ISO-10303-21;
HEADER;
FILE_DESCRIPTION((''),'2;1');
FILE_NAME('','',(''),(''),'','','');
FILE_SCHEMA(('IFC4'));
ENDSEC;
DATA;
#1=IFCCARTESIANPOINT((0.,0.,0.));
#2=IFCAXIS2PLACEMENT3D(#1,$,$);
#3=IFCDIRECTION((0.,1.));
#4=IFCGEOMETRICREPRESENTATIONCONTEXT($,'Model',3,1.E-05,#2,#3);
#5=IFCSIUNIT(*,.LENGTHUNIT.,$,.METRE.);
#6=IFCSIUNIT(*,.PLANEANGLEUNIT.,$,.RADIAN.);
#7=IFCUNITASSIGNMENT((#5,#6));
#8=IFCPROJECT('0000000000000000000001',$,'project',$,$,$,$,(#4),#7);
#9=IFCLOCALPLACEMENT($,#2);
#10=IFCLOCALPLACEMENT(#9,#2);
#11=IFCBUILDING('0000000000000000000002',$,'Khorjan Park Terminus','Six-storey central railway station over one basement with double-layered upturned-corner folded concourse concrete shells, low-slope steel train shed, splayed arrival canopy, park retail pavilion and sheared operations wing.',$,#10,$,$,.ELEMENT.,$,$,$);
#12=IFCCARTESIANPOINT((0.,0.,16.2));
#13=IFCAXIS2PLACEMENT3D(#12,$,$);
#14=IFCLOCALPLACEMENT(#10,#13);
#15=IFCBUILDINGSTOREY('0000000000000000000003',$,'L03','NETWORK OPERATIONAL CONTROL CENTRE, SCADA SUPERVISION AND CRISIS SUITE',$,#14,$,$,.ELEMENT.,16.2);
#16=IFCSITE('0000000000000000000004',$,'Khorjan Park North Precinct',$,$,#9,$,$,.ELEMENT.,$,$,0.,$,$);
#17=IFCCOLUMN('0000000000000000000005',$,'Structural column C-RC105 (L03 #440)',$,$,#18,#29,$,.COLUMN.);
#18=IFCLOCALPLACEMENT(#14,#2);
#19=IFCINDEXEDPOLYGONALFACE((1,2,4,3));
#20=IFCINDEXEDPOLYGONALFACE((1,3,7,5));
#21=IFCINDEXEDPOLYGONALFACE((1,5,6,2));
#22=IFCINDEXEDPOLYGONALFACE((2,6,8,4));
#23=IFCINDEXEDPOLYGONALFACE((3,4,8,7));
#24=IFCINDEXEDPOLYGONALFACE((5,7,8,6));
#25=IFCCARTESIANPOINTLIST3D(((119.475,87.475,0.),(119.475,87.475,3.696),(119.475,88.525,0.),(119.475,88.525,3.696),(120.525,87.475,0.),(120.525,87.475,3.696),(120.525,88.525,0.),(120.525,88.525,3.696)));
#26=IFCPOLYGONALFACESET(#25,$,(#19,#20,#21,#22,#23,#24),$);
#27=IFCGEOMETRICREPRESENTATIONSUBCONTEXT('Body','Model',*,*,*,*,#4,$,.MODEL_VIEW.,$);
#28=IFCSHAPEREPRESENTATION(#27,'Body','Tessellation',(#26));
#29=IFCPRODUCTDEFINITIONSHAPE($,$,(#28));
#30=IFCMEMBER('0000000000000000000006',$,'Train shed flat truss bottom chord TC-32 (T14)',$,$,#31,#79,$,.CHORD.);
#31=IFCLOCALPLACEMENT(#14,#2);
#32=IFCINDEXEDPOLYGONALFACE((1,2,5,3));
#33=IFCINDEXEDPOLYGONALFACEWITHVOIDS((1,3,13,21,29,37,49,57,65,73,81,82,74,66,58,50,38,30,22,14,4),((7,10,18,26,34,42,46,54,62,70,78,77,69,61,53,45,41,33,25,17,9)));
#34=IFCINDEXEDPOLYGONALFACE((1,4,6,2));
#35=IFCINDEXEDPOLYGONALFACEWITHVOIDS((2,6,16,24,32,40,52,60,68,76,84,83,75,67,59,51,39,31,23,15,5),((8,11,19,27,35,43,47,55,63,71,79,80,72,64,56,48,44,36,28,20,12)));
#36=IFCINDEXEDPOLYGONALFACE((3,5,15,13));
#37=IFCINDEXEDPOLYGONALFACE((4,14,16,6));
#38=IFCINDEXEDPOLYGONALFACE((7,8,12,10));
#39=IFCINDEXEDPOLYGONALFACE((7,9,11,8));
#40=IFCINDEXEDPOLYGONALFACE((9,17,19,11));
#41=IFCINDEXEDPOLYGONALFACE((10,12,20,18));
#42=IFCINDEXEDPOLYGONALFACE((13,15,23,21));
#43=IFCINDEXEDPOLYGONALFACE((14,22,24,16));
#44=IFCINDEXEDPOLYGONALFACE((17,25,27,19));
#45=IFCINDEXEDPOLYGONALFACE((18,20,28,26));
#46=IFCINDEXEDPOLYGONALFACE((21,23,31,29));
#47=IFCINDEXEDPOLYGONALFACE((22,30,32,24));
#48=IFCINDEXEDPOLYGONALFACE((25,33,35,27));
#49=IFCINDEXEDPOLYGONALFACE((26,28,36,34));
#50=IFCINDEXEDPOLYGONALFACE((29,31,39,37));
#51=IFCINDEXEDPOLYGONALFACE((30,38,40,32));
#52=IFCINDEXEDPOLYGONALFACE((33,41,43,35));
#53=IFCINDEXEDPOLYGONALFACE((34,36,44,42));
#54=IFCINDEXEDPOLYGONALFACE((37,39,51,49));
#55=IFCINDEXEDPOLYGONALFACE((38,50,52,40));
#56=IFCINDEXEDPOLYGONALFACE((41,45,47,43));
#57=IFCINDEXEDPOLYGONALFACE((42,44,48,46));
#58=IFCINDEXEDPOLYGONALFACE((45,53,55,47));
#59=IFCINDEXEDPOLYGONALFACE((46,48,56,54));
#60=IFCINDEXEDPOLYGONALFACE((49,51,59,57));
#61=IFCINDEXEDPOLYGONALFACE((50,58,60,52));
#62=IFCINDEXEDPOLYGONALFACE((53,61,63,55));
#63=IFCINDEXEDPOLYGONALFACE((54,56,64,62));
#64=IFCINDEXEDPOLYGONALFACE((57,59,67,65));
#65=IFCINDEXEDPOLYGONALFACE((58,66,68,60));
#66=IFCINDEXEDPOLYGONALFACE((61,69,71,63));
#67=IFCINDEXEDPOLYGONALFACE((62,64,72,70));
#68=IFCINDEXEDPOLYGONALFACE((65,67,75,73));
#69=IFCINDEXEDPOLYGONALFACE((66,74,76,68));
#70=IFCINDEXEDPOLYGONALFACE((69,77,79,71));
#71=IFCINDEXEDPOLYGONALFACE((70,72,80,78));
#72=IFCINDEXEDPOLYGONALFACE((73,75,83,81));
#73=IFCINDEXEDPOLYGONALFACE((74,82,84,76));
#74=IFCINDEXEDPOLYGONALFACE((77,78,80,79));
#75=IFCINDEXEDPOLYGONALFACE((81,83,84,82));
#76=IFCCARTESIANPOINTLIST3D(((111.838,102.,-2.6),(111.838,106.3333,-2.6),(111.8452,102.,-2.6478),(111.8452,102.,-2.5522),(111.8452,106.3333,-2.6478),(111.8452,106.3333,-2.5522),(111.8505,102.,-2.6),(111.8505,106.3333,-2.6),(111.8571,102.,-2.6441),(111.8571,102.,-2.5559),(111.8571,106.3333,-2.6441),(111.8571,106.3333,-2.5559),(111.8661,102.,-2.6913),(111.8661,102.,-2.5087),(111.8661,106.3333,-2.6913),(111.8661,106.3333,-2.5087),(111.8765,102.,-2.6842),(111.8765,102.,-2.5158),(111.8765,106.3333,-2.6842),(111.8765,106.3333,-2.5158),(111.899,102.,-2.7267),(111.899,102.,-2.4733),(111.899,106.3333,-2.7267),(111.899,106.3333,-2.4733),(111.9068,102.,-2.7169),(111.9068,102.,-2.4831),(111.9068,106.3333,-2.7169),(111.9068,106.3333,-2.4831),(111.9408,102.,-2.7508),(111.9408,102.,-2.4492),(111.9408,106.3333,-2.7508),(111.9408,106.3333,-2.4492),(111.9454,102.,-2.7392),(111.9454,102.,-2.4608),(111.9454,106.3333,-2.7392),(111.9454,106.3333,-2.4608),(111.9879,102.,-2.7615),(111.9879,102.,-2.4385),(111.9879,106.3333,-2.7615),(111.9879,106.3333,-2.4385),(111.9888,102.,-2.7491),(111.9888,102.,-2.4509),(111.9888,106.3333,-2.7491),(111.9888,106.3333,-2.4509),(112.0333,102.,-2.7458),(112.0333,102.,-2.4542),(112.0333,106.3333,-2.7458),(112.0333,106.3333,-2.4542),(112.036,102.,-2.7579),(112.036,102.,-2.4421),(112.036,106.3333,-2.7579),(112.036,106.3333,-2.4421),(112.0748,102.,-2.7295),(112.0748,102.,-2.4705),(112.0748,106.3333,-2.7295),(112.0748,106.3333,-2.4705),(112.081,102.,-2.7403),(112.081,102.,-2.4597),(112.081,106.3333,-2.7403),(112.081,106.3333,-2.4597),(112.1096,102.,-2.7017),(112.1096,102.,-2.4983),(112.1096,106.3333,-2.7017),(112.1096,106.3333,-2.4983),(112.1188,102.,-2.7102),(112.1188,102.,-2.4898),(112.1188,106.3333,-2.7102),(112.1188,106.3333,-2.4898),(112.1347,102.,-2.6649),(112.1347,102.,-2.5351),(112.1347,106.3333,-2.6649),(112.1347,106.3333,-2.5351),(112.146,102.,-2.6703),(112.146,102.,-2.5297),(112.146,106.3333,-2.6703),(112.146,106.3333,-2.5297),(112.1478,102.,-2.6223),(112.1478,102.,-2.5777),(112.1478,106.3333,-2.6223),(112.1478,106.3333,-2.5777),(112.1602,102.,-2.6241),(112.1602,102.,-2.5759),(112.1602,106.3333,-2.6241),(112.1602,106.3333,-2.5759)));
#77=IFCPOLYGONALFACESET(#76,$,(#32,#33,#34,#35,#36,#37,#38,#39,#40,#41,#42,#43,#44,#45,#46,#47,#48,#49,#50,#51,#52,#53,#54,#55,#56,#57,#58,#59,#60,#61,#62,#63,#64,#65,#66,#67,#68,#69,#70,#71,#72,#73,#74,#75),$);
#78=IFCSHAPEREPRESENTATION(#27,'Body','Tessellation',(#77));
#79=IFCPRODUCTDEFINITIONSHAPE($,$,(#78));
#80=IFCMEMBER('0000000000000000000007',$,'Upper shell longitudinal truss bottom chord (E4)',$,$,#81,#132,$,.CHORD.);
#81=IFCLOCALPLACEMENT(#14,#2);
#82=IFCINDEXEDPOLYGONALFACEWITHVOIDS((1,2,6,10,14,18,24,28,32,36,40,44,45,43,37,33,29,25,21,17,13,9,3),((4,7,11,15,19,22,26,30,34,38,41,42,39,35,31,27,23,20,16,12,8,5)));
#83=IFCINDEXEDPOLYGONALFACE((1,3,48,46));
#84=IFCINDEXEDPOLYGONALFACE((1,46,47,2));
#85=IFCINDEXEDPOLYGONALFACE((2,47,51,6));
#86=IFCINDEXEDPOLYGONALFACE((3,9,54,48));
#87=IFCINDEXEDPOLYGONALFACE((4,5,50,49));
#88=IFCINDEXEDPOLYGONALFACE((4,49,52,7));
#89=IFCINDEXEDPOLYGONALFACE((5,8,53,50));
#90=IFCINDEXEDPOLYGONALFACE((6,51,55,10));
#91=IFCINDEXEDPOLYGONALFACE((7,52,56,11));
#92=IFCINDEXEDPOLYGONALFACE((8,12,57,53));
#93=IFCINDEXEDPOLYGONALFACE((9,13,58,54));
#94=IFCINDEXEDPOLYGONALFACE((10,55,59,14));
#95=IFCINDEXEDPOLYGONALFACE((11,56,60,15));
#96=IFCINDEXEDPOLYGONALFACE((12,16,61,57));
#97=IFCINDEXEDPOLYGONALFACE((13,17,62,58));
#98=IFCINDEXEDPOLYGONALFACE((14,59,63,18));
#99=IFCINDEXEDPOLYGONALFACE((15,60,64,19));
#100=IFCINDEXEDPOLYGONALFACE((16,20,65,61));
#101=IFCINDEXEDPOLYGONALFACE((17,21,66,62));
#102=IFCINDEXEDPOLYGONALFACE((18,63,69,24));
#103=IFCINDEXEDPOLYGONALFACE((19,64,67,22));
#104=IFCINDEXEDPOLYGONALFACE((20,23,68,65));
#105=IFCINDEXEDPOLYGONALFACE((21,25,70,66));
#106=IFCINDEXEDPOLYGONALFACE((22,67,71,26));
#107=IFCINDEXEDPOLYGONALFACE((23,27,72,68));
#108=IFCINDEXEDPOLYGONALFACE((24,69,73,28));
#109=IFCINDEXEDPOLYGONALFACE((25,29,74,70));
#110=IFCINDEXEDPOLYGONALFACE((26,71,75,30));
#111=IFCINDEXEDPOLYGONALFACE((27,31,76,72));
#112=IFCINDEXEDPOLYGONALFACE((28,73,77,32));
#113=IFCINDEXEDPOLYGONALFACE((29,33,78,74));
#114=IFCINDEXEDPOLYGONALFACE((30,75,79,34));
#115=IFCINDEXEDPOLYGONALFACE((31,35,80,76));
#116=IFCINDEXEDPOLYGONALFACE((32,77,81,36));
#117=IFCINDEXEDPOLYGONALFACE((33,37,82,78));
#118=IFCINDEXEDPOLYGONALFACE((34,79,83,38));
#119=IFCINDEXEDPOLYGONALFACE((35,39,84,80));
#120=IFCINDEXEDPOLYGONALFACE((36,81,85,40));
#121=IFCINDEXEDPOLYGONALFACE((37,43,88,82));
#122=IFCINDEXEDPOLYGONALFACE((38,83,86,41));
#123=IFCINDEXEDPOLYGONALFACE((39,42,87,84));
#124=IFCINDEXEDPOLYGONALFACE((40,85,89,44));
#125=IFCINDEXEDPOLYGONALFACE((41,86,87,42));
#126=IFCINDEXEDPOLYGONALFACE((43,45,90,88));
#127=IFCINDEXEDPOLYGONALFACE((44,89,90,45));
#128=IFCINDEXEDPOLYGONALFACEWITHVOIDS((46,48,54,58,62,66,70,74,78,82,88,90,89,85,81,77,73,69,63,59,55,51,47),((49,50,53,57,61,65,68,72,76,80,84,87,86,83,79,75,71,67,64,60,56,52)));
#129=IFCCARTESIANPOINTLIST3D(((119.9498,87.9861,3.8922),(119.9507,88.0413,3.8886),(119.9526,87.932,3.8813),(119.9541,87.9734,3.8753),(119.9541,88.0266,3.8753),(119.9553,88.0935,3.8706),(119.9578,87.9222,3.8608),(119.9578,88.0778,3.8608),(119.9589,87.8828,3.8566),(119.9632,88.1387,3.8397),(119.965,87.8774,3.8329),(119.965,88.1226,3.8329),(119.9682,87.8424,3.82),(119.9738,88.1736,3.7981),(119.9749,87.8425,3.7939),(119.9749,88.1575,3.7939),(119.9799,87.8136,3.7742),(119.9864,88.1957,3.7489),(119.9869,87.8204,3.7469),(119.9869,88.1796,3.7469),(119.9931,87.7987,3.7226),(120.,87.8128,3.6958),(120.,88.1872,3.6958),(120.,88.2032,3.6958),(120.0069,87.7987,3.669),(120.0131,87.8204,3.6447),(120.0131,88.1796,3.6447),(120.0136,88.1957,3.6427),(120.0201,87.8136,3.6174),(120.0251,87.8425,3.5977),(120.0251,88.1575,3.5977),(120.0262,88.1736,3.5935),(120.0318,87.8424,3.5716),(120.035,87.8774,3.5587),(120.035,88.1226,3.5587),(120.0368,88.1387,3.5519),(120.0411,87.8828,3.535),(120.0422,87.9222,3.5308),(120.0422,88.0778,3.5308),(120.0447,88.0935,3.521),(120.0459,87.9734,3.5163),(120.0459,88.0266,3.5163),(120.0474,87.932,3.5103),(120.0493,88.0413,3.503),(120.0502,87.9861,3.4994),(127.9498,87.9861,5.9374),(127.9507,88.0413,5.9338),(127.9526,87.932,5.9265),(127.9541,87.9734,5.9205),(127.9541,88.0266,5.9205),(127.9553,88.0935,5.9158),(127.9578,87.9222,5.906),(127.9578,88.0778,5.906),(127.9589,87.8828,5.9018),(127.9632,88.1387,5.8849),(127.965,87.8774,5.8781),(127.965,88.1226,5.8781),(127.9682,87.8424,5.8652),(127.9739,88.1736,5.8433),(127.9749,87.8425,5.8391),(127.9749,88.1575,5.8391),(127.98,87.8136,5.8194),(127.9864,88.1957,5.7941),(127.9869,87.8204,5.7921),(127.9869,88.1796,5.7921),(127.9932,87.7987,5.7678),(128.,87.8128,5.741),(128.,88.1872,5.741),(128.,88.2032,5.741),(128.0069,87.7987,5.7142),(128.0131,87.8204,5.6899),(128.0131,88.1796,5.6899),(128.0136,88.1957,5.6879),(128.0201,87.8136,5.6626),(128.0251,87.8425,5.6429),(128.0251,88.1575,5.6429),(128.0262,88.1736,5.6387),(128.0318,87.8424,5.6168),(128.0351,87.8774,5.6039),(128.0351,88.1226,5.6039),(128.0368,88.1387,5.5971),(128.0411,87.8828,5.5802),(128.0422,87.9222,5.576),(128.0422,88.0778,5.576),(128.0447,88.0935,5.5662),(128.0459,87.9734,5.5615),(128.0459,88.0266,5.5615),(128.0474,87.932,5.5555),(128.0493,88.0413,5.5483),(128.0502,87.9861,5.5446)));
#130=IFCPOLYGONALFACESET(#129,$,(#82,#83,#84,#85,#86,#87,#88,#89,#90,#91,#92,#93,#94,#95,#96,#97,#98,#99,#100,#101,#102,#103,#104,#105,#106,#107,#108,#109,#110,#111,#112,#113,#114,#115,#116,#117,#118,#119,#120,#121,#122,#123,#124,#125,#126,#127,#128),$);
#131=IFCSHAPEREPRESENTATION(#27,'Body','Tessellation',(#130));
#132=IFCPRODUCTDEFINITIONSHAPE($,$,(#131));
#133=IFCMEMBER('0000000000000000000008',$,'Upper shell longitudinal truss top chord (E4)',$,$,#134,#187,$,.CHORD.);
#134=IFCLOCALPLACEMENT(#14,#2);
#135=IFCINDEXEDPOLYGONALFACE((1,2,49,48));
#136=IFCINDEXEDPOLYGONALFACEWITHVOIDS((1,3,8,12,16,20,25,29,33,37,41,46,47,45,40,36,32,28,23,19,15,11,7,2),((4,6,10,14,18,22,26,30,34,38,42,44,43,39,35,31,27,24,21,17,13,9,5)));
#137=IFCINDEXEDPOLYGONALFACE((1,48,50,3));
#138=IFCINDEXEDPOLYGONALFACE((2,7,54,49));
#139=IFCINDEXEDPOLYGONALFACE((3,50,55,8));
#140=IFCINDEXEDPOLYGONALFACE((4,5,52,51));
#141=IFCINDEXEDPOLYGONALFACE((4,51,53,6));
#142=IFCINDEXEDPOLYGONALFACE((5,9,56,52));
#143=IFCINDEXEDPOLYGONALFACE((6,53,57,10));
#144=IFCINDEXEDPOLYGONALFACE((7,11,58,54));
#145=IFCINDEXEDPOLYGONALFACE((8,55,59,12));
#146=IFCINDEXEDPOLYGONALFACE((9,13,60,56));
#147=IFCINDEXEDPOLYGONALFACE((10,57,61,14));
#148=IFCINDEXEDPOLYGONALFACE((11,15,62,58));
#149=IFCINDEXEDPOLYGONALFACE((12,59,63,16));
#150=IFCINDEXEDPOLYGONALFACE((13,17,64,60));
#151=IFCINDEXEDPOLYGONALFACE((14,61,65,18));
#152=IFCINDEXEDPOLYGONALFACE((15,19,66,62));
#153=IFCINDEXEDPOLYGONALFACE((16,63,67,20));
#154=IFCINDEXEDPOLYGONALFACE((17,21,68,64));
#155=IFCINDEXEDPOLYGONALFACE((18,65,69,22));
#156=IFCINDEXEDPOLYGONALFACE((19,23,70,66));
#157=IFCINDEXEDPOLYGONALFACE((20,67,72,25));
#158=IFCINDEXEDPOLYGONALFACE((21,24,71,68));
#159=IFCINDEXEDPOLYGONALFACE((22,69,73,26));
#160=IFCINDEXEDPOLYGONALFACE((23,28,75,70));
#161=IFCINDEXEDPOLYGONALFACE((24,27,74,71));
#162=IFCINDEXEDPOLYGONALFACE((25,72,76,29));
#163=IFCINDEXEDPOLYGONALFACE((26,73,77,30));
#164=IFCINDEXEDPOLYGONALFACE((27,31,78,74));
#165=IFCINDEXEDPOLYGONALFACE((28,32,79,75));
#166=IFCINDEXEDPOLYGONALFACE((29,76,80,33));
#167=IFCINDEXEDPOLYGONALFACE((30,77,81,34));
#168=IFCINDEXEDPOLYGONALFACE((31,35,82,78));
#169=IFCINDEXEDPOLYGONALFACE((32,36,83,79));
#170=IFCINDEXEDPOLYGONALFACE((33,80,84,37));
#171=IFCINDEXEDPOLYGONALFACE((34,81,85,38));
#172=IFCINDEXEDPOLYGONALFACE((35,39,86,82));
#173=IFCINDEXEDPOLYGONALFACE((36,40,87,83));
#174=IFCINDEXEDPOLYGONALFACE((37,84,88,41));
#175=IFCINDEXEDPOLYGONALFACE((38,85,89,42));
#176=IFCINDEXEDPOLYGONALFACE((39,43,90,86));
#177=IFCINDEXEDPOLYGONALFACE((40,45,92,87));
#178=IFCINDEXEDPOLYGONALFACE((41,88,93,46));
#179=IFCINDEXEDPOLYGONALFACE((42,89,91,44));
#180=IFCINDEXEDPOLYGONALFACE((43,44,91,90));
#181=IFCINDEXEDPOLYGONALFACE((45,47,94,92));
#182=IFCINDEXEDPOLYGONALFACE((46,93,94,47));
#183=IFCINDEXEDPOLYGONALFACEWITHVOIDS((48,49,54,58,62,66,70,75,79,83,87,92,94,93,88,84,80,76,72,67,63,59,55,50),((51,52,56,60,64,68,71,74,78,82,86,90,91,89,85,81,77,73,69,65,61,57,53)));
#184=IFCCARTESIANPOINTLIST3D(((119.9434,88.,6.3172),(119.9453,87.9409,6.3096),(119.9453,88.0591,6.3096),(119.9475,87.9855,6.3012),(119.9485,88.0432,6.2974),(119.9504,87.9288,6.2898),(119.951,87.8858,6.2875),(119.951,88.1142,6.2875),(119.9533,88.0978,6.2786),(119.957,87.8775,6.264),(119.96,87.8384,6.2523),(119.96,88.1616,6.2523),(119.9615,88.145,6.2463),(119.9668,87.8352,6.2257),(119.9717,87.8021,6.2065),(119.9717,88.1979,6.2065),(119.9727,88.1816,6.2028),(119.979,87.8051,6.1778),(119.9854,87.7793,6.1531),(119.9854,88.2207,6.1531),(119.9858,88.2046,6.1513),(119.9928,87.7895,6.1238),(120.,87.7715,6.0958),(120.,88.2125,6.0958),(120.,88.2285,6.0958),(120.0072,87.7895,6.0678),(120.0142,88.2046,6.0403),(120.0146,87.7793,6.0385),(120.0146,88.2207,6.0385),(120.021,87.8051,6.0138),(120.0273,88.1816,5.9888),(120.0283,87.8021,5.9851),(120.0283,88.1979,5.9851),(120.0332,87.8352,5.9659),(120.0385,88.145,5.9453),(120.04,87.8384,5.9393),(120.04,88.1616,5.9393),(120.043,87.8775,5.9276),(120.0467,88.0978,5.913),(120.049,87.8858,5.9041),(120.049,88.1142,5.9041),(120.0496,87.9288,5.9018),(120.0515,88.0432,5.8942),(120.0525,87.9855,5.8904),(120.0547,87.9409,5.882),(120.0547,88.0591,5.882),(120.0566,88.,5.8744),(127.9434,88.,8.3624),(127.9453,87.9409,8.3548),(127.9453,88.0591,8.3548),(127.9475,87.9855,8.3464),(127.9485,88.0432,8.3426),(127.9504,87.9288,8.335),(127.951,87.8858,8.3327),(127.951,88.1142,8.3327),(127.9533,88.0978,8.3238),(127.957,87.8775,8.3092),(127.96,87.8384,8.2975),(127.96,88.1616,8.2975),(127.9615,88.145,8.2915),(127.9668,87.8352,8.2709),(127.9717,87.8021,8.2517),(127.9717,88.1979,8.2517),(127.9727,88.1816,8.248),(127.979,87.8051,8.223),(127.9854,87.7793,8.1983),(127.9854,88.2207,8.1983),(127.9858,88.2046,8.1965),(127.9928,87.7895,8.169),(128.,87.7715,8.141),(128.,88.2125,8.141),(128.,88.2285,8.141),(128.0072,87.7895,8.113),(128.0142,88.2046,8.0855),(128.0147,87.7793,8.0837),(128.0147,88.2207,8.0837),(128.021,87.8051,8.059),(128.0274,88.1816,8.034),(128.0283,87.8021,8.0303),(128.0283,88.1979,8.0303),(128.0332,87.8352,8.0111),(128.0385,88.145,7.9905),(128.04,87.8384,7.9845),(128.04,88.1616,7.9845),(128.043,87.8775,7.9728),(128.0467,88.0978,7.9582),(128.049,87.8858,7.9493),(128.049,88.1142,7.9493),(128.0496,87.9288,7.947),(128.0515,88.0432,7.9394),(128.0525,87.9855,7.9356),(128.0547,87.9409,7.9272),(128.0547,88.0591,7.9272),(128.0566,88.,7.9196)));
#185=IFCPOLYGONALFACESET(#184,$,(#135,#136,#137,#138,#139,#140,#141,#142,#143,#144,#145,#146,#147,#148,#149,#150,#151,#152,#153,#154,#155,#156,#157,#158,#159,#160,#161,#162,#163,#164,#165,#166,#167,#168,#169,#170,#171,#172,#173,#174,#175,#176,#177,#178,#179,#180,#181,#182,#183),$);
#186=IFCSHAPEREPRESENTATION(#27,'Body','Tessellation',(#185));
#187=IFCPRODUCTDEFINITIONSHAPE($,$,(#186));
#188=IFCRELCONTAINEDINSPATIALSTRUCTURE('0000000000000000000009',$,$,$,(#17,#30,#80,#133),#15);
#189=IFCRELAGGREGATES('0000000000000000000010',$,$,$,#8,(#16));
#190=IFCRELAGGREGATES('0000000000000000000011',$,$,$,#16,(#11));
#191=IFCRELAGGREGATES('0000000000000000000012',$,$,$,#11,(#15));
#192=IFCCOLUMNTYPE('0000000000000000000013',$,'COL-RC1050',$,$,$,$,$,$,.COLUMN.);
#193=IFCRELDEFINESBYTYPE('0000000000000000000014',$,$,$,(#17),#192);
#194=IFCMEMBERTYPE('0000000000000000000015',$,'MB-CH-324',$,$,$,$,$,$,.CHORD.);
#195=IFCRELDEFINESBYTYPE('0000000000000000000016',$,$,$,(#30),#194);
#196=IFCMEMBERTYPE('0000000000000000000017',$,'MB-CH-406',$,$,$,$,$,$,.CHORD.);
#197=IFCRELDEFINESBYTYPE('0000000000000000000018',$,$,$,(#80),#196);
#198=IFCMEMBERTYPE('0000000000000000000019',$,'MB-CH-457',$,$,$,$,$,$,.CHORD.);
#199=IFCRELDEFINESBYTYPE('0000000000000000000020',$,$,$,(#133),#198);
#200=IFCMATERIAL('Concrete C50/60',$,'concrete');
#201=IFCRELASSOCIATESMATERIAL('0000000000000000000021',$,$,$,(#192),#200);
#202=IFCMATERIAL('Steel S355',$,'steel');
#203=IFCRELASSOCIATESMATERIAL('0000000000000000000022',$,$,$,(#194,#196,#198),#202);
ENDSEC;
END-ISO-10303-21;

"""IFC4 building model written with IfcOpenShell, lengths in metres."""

from ifc_helpers import new_model, si_unit, direction, frame, origin, origin_2d, place, context, subcontext, project, spatial, rectangle, hollow_circle, extrude, material, material_profile, profile_set, type_object, element, save


model = new_model("IFC4")

# Units and contexts
model_context = context("Model", 3, precision=1e-05, world=origin(), true_north=direction((0.0, 1.0)))
body_context = subcontext(model_context, "Body", "Model", "MODEL_VIEW")
ifc_project = project(units=[si_unit("LENGTHUNIT", "METRE"), si_unit("PLANEANGLEUNIT", "RADIAN")], contexts=[model_context])

# Site, building, storey
site_placement = place(None, origin())
site = spatial("IfcSite", under=ifc_project, at=site_placement, Name="Khorjan Park North Precinct", CompositionType="ELEMENT", RefElevation=0.0)
building_placement = place(site_placement, origin())
building = spatial("IfcBuilding", under=site, at=building_placement, Name="Khorjan Park Terminus", Description="Six-storey central railway station over one basement with double-layered upturned-corner folded concourse concrete shells, low-slope steel train shed, splayed arrival canopy, park retail pavilion and sheared operations wing.", CompositionType="ELEMENT")
storey_placement = place(building_placement, frame((0.0, 0.0, 16.2)))
storey = spatial("IfcBuildingStorey", under=building, at=storey_placement, Name="L03", Description="NETWORK OPERATIONAL CONTROL CENTRE, SCADA SUPERVISION AND CRISIS SUITE", CompositionType="ELEMENT", Elevation=16.2)

# Column
ifc_material_1 = material(Name="Concrete C50/60", Category="concrete")
ifc_material_profile_1 = material_profile(ifc_material_1, rectangle(XDim=1.05, YDim=1.05, at=origin_2d()), Name="RC 1050x1050")
ifc_profile_set_1 = profile_set([ifc_material_profile_1], Name="Concrete C50/60")
column_type = type_object("IfcColumnType", Name="COL-RC1050", PredefinedType="COLUMN", material=ifc_profile_set_1)
column_placement = place(storey_placement, frame((120.0, 88.0, 0.0), z_axis=(0.0, 0.0, 1.0), x_axis=(1.0, 0.0, 0.0)))
element("IfcColumn", 1, at=column_placement, inside=storey, type_object=column_type, Name="Structural column C-RC105 (L03 #440)", PredefinedType="COLUMN", context=body_context, shape_type="SweptSolid", body=[
    extrude(rectangle(XDim=1.05, YDim=1.05, at=origin_2d()), origin(), (0.0, 0.0, 1.0), 3.696),
])

# Members
ifc_material_2 = material(Name="Steel S355", Category="steel")
ifc_material_profile_2 = material_profile(ifc_material_2, hollow_circle(Radius=0.162, WallThickness=0.0125, at=origin_2d()), Name="CHS 323.9x12.5")
ifc_profile_set_2 = profile_set([ifc_material_profile_2], Name="Steel S355")
member_type_1 = type_object("IfcMemberType", Name="MB-CH-324", PredefinedType="CHORD", material=ifc_profile_set_2)
member_1_placement = place(storey_placement, frame((112.0, 102.0, -2.6), z_axis=(0.0, 1.0, 0.0), x_axis=(-1.0, 0.0, 0.0)))
element("IfcMember", 2, at=member_1_placement, inside=storey, type_object=member_type_1, Name="Train shed flat truss bottom chord TC-32 (T14)", PredefinedType="CHORD", context=body_context, shape_type="SweptSolid", body=[
    extrude(hollow_circle(Radius=0.162, WallThickness=0.0125, at=origin_2d()), origin(), (0.0, 0.0, 1.0), 4.3333),
])
ifc_material_profile_3 = material_profile(ifc_material_2, hollow_circle(Radius=0.2032, WallThickness=0.016, at=origin_2d()), Name="CHS 406.4x16")
ifc_profile_set_3 = profile_set([ifc_material_profile_3], Name="Steel S355")
member_type_2 = type_object("IfcMemberType", Name="MB-CH-406", PredefinedType="CHORD", material=ifc_profile_set_3)
member_2_placement = place(storey_placement, frame((120.0, 88.0, 3.6958), z_axis=(0.968841, 0.0, 0.247684), x_axis=(0.0, 1.0, 0.0)))
element("IfcMember", 3, at=member_2_placement, inside=storey, type_object=member_type_2, Name="Upper shell longitudinal truss bottom chord (E4)", PredefinedType="CHORD", context=body_context, shape_type="SweptSolid", body=[
    extrude(hollow_circle(Radius=0.2032, WallThickness=0.016, at=origin_2d()), origin(), (0.0, 0.0, 1.0), 8.2573),
])
ifc_material_profile_4 = material_profile(ifc_material_2, hollow_circle(Radius=0.2285, WallThickness=0.016, at=origin_2d()), Name="CHS 457x16")
ifc_profile_set_4 = profile_set([ifc_material_profile_4], Name="Steel S355")
member_type_3 = type_object("IfcMemberType", Name="MB-CH-457", PredefinedType="CHORD", material=ifc_profile_set_4)
member_3_placement = place(storey_placement, frame((120.0, 88.0, 6.0958), z_axis=(0.968841, 0.0, 0.247684), x_axis=(0.0, 1.0, 0.0)))
element("IfcMember", 4, at=member_3_placement, inside=storey, type_object=member_type_3, Name="Upper shell longitudinal truss top chord (E4)", PredefinedType="CHORD", context=body_context, shape_type="SweptSolid", body=[
    extrude(hollow_circle(Radius=0.2285, WallThickness=0.016, at=origin_2d()), origin(), (0.0, 0.0, 1.0), 8.2573),
])

save(model, "model.ifc")
